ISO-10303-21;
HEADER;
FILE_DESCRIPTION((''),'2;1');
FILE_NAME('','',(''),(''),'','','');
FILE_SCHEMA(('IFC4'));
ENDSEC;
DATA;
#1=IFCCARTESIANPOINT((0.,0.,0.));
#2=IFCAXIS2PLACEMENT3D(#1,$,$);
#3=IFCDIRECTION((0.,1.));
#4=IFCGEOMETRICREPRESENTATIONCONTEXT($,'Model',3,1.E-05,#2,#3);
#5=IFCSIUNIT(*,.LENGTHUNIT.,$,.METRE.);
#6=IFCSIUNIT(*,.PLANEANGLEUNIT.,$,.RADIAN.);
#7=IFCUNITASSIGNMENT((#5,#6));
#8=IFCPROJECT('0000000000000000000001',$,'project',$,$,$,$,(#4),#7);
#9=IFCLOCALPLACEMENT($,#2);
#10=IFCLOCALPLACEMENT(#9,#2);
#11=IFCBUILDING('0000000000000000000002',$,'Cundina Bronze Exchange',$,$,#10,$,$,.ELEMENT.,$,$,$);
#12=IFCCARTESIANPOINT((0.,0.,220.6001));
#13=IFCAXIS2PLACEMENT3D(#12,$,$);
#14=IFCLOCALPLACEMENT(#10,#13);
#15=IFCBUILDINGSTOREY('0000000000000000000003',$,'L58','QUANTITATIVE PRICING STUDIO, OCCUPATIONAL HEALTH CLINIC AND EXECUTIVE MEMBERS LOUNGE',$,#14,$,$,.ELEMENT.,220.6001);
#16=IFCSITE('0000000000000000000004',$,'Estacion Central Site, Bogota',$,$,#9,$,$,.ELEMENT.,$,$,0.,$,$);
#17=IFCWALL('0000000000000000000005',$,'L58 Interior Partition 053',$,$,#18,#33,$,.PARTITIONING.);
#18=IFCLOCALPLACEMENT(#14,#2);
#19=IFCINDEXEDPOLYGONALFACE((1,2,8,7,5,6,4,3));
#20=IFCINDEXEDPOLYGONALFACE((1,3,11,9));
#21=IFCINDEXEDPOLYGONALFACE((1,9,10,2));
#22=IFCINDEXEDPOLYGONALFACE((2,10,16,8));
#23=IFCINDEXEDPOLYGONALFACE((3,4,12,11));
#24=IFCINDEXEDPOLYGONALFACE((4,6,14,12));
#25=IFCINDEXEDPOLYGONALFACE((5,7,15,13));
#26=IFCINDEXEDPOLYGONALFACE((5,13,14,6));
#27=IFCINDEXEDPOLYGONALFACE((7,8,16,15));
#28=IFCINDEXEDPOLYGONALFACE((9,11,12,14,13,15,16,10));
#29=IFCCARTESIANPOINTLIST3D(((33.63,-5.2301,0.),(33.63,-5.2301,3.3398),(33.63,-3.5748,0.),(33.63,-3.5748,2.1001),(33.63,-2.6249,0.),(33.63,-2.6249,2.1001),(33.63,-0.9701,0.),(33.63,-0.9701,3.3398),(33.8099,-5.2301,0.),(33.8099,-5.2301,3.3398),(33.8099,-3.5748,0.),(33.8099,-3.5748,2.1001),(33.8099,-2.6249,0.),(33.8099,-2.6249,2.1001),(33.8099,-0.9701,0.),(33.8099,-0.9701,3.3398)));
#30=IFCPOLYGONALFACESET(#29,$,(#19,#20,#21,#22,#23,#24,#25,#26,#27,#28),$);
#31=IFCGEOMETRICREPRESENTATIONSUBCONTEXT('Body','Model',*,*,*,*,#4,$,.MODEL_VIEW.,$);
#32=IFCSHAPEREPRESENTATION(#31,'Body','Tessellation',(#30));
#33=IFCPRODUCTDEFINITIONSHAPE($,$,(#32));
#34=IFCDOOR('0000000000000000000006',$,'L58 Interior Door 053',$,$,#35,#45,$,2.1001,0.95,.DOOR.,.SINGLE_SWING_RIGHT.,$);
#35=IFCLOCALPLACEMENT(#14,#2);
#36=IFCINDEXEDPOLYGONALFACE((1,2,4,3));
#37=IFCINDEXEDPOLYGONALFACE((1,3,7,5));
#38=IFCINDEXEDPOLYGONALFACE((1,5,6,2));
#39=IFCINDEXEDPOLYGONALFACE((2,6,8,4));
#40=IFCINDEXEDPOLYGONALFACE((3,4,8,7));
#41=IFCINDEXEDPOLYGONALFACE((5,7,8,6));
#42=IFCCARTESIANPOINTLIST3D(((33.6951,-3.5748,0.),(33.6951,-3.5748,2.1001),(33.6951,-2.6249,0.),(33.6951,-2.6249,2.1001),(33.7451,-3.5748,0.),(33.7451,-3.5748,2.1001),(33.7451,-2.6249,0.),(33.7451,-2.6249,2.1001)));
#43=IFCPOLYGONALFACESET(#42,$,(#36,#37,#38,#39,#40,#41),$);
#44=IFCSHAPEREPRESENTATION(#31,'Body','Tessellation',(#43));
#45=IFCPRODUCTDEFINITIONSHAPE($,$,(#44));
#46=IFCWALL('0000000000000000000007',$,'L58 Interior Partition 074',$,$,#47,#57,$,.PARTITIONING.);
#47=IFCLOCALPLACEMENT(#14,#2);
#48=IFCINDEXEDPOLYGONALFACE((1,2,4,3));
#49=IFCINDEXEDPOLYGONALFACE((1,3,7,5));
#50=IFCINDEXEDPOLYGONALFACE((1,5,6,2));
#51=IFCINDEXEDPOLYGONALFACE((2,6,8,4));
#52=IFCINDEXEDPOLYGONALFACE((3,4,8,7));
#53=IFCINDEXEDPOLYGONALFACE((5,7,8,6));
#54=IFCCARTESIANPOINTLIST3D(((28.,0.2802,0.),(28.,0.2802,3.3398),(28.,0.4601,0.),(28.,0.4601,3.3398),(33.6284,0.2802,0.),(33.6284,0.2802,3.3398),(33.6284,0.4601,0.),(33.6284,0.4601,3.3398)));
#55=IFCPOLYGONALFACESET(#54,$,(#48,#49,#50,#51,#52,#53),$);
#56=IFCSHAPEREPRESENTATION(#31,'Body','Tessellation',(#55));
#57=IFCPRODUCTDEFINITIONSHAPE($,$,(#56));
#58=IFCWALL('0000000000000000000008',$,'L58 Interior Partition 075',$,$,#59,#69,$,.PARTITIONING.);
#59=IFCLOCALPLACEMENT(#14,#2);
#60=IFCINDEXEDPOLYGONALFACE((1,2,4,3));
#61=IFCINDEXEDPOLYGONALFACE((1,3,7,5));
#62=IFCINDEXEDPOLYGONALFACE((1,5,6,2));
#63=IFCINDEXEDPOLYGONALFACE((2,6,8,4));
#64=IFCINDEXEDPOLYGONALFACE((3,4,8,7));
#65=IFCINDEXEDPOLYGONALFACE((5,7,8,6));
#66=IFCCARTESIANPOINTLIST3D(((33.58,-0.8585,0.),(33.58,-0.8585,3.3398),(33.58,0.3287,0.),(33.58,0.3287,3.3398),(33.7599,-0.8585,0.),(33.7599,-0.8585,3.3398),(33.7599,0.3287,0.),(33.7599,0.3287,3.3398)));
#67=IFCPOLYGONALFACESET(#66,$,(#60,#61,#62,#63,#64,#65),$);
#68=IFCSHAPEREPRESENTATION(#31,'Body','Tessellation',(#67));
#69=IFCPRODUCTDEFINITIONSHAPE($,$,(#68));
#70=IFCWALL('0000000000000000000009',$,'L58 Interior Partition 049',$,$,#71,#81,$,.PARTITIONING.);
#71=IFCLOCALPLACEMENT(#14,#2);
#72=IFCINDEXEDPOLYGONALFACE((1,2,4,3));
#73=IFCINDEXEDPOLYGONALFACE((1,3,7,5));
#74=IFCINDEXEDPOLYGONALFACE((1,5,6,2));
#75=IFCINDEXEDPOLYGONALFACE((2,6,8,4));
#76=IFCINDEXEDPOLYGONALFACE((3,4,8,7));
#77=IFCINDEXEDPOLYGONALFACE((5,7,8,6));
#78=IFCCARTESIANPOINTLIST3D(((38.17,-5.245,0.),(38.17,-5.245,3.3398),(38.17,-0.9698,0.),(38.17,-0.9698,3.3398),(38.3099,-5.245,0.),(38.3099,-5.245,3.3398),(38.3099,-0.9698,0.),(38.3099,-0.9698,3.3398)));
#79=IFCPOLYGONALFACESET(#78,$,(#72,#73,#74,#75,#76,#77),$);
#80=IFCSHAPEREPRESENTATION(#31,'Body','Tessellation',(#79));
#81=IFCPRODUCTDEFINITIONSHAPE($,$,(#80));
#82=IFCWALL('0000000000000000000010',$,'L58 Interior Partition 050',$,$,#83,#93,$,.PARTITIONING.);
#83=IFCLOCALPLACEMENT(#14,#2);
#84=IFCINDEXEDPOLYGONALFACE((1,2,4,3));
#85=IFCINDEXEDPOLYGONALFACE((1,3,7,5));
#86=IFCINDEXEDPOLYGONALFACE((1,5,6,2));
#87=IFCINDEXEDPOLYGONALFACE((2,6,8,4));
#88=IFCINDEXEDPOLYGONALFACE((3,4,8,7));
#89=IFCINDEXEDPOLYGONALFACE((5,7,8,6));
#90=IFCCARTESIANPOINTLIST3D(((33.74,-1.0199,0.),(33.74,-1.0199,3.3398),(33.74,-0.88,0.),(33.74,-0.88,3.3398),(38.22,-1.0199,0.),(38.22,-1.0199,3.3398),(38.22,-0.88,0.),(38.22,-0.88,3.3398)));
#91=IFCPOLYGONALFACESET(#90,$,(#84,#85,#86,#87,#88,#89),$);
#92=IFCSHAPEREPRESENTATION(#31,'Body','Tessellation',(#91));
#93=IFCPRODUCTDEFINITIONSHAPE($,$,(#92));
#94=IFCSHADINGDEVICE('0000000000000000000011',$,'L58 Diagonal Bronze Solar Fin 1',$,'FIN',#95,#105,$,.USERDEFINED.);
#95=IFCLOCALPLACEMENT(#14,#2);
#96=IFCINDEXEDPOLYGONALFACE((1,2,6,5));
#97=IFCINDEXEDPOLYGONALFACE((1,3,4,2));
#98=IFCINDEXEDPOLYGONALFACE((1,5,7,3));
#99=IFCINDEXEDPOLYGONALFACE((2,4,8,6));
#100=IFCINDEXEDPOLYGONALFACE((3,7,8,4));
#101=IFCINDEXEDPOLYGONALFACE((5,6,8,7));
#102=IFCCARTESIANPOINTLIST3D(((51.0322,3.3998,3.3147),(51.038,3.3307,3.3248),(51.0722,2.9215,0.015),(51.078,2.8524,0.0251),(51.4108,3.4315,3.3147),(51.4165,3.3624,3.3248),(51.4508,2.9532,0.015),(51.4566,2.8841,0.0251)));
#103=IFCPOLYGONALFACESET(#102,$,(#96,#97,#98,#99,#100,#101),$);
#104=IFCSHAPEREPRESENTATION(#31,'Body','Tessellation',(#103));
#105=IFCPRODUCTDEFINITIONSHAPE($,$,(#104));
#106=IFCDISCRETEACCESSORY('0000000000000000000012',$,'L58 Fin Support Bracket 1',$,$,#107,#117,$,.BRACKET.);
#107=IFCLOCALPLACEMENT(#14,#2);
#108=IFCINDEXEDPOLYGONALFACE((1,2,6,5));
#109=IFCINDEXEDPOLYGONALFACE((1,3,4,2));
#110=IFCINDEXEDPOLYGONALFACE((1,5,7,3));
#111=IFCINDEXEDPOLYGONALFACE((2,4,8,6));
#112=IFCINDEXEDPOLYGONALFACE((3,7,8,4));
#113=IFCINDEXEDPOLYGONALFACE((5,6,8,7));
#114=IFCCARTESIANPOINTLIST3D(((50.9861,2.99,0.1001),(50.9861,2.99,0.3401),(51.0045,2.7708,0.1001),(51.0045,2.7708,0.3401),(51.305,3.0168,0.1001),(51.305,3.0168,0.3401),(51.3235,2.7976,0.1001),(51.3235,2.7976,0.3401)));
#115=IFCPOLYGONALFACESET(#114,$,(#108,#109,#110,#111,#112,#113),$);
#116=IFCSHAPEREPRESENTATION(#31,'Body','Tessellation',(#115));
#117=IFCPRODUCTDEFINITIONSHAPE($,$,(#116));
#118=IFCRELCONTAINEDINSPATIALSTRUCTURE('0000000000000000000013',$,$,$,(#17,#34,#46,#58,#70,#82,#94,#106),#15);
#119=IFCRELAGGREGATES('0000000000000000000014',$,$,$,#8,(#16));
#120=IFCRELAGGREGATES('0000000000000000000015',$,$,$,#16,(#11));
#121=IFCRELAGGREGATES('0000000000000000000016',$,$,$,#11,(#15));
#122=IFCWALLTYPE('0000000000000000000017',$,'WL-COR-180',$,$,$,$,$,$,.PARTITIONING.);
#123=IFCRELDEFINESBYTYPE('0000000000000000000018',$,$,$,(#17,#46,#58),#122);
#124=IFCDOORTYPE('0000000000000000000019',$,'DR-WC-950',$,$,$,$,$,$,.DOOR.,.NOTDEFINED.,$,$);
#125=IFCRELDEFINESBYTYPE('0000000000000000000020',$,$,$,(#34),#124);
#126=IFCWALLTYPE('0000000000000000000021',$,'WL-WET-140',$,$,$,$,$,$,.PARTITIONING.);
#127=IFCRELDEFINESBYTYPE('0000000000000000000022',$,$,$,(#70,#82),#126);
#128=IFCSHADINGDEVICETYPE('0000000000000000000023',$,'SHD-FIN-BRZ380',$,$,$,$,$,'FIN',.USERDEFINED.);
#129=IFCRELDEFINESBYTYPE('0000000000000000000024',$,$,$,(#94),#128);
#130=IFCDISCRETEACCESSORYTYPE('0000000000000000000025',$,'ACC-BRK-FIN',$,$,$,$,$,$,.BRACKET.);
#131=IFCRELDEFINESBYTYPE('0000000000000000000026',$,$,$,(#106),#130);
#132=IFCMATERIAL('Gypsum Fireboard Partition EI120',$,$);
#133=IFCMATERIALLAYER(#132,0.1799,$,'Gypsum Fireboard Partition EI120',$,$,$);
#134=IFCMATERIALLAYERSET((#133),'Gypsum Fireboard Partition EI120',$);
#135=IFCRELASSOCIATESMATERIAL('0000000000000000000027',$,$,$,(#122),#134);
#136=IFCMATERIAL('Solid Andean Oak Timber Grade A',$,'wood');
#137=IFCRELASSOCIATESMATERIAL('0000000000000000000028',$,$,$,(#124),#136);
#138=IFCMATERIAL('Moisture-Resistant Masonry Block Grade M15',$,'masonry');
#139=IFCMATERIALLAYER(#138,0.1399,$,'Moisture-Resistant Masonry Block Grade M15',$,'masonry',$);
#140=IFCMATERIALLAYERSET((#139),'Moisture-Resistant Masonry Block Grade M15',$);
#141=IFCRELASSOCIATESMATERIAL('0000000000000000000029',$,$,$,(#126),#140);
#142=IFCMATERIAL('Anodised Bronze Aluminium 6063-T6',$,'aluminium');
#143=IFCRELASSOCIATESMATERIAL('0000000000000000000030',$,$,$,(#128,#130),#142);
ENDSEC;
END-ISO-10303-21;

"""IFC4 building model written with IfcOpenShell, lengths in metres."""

from ifc_helpers import new_model, si_unit, direction, frame, frame_2d, origin, origin_2d, place, context, subcontext, project, spatial, rectangle, extrude, material, layer, layer_set, material_profile, profile_set, type_object, element, fill, save


model = new_model("IFC4")

# Units and contexts
model_context = context("Model", 3, precision=1e-05, world=origin(), true_north=direction((0.0, 1.0)))
body_context = subcontext(model_context, "Body", "Model", "MODEL_VIEW")
ifc_project = project(units=[si_unit("LENGTHUNIT", "METRE"), si_unit("PLANEANGLEUNIT", "RADIAN")], contexts=[model_context])

# Site, building, storey
site_placement = place(None, origin())
site = spatial("IfcSite", under=ifc_project, at=site_placement, Name="Estacion Central Site, Bogota", CompositionType="ELEMENT", RefElevation=0.0)
building_placement = place(site_placement, origin())
building = spatial("IfcBuilding", under=site, at=building_placement, Name="Cundina Bronze Exchange", CompositionType="ELEMENT")
storey_placement = place(building_placement, frame((0.0, 0.0, 220.6001)))
storey = spatial("IfcBuildingStorey", under=building, at=storey_placement, Name="L58", Description="QUANTITATIVE PRICING STUDIO, OCCUPATIONAL HEALTH CLINIC AND EXECUTIVE MEMBERS LOUNGE", CompositionType="ELEMENT", Elevation=220.6001)

# Shared definitions
ifc_material_1 = material(Name="Anodised Bronze Aluminium 6063-T6", Category="aluminium")

# Wall, opening, door
ifc_material_2 = material(Name="Gypsum Fireboard Partition EI120")
ifc_layer_1 = layer(ifc_material_2, 0.1799, Name="Gypsum Fireboard Partition EI120")
ifc_layer_set_1 = layer_set([ifc_layer_1], Name="Gypsum Fireboard Partition EI120")
wall_type_1 = type_object("IfcWallType", Name="WL-COR-180", PredefinedType="PARTITIONING", material=ifc_layer_set_1)
wall_1_placement = place(storey_placement, frame((33.72, -5.23, 0.0), z_axis=(0.0, 0.0, 1.0), x_axis=(0.0, 1.0, 0.0)))
wall_1 = element("IfcWall", 1, at=wall_1_placement, inside=storey, type_object=wall_type_1, Name="L58 Interior Partition 053", PredefinedType="PARTITIONING", context=body_context, shape_type="SweptSolid", body=[
    extrude(rectangle(XDim=4.26, YDim=0.1799, at=frame_2d((2.1299, 0.0))), origin(), (0.0, 0.0, 1.0), 3.3398),
])
opening_placement = place(wall_1_placement, frame((1.655, 0.0, 0.0)))
opening = element("IfcOpeningElement", 2, at=opening_placement, cuts=wall_1, PredefinedType="OPENING", context=body_context, shape_type="SweptSolid", body=[
    extrude(rectangle(XDim=0.95, YDim=2.1001, at=frame_2d((0.4751, 1.05))), frame((0.0, 0.0999, 0.0), z_axis=(0.0, -1.0, 0.0), x_axis=(1.0, 0.0, 0.0)), (0.0, 0.0, 1.0), 0.2),
])
ifc_material_3 = material(Name="Solid Andean Oak Timber Grade A", Category="wood")
door_type = type_object("IfcDoorType", Name="DR-WC-950", OperationType="NOTDEFINED", PredefinedType="DOOR", material=ifc_material_3)
door_placement = place(opening_placement, origin())
door = element("IfcDoor", 3, at=door_placement, inside=storey, type_object=door_type, Name="L58 Interior Door 053", OperationType="SINGLE_SWING_RIGHT", OverallHeight=2.1001, OverallWidth=0.95, PredefinedType="DOOR", context=body_context, shape_type="SweptSolid", body=[
    extrude(rectangle(XDim=0.95, YDim=2.1001, at=frame_2d((0.4751, 1.05))), frame((0.0, 0.0249, 0.0), z_axis=(0.0, -1.0, 0.0), x_axis=(1.0, 0.0, 0.0)), (0.0, 0.0, 1.0), 0.05),
])
fill(opening, door)

# Walls
wall_2_placement = place(storey_placement, frame((33.6284, 0.3701, 0.0), z_axis=(0.0, 0.0, 1.0), x_axis=(-1.0, 0.0, 0.0)))
element("IfcWall", 4, at=wall_2_placement, inside=storey, type_object=wall_type_1, Name="L58 Interior Partition 074", PredefinedType="PARTITIONING", context=body_context, shape_type="SweptSolid", body=[
    extrude(rectangle(XDim=5.6284, YDim=0.1799, at=frame_2d((2.8142, 0.0))), origin(), (0.0, 0.0, 1.0), 3.3398),
])
wall_3_placement = place(storey_placement, frame((33.6699, -0.8586, 0.0), z_axis=(0.0, 0.0, 1.0), x_axis=(0.0, 1.0, 0.0)))
element("IfcWall", 5, at=wall_3_placement, inside=storey, type_object=wall_type_1, Name="L58 Interior Partition 075", PredefinedType="PARTITIONING", context=body_context, shape_type="SweptSolid", body=[
    extrude(rectangle(XDim=1.1873, YDim=0.1799, at=frame_2d((0.5938, 0.0))), origin(), (0.0, 0.0, 1.0), 3.3398),
])
ifc_material_4 = material(Name="Moisture-Resistant Masonry Block Grade M15", Category="masonry")
ifc_layer_2 = layer(ifc_material_4, 0.1399, Name="Moisture-Resistant Masonry Block Grade M15", Category="masonry")
ifc_layer_set_2 = layer_set([ifc_layer_2], Name="Moisture-Resistant Masonry Block Grade M15")
wall_type_2 = type_object("IfcWallType", Name="WL-WET-140", PredefinedType="PARTITIONING", material=ifc_layer_set_2)
wall_4_placement = place(storey_placement, frame((38.24, -5.2451, 0.0), z_axis=(0.0, 0.0, 1.0), x_axis=(0.0, 1.0, 0.0)))
element("IfcWall", 6, at=wall_4_placement, inside=storey, type_object=wall_type_2, Name="L58 Interior Partition 049", PredefinedType="PARTITIONING", context=body_context, shape_type="SweptSolid", body=[
    extrude(rectangle(XDim=4.2751, YDim=0.1399, at=frame_2d((2.1377, 0.0))), origin(), (0.0, 0.0, 1.0), 3.3398),
])
wall_5_placement = place(storey_placement, frame((33.74, -0.95, 0.0), z_axis=(0.0, 0.0, 1.0), x_axis=(1.0, 0.0, 0.0)))
element("IfcWall", 7, at=wall_5_placement, inside=storey, type_object=wall_type_2, Name="L58 Interior Partition 050", PredefinedType="PARTITIONING", context=body_context, shape_type="SweptSolid", body=[
    extrude(rectangle(XDim=4.48, YDim=0.1399, at=frame_2d((2.24, 0.0))), origin(), (0.0, 0.0, 1.0), 3.3398),
])

# Shading device
ifc_material_profile_1 = material_profile(ifc_material_1, rectangle(XDim=0.0701, YDim=0.3799, at=origin_2d()), Name="FIN70X380", Category="aluminium")
ifc_profile_set_1 = profile_set([ifc_material_profile_1], Name="Anodised Bronze Aluminium 6063-T6")
shading_device_type = type_object("IfcShadingDeviceType", Name="SHD-FIN-BRZ380", ElementType="FIN", PredefinedType="USERDEFINED", material=ifc_profile_set_1)
shading_device_placement = place(storey_placement, frame((51.2644, 2.9028, 0.02), z_axis=(-0.012007, 0.14343, 0.989588), x_axis=(0.082556, -0.986138, 0.143932)))
element("IfcShadingDevice", 8, at=shading_device_placement, inside=storey, type_object=shading_device_type, Name="L58 Diagonal Bronze Solar Fin 1", ObjectType="FIN", PredefinedType="USERDEFINED", context=body_context, shape_type="SweptSolid", body=[
    extrude(rectangle(XDim=0.0701, YDim=0.3799, at=origin_2d()), origin(), (0.0, 0.0, 1.0), 3.3345),
])

# Discrete accessory
discrete_accessory_type = type_object("IfcDiscreteAccessoryType", Name="ACC-BRK-FIN", PredefinedType="BRACKET", material=ifc_material_1)
discrete_accessory_placement = place(storey_placement, frame((51.1548, 2.8938, 0.1001), z_axis=(0.0, 0.0, 1.0), x_axis=(-0.083747, 0.996487, 0.0)))
element("IfcDiscreteAccessory", 9, at=discrete_accessory_placement, inside=storey, type_object=discrete_accessory_type, Name="L58 Fin Support Bracket 1", PredefinedType="BRACKET", context=body_context, shape_type="SweptSolid", body=[
    extrude(rectangle(XDim=0.22, YDim=0.3201, at=origin_2d()), origin(), (0.0, 0.0, 1.0), 0.24),
])

save(model, "model.ifc")
